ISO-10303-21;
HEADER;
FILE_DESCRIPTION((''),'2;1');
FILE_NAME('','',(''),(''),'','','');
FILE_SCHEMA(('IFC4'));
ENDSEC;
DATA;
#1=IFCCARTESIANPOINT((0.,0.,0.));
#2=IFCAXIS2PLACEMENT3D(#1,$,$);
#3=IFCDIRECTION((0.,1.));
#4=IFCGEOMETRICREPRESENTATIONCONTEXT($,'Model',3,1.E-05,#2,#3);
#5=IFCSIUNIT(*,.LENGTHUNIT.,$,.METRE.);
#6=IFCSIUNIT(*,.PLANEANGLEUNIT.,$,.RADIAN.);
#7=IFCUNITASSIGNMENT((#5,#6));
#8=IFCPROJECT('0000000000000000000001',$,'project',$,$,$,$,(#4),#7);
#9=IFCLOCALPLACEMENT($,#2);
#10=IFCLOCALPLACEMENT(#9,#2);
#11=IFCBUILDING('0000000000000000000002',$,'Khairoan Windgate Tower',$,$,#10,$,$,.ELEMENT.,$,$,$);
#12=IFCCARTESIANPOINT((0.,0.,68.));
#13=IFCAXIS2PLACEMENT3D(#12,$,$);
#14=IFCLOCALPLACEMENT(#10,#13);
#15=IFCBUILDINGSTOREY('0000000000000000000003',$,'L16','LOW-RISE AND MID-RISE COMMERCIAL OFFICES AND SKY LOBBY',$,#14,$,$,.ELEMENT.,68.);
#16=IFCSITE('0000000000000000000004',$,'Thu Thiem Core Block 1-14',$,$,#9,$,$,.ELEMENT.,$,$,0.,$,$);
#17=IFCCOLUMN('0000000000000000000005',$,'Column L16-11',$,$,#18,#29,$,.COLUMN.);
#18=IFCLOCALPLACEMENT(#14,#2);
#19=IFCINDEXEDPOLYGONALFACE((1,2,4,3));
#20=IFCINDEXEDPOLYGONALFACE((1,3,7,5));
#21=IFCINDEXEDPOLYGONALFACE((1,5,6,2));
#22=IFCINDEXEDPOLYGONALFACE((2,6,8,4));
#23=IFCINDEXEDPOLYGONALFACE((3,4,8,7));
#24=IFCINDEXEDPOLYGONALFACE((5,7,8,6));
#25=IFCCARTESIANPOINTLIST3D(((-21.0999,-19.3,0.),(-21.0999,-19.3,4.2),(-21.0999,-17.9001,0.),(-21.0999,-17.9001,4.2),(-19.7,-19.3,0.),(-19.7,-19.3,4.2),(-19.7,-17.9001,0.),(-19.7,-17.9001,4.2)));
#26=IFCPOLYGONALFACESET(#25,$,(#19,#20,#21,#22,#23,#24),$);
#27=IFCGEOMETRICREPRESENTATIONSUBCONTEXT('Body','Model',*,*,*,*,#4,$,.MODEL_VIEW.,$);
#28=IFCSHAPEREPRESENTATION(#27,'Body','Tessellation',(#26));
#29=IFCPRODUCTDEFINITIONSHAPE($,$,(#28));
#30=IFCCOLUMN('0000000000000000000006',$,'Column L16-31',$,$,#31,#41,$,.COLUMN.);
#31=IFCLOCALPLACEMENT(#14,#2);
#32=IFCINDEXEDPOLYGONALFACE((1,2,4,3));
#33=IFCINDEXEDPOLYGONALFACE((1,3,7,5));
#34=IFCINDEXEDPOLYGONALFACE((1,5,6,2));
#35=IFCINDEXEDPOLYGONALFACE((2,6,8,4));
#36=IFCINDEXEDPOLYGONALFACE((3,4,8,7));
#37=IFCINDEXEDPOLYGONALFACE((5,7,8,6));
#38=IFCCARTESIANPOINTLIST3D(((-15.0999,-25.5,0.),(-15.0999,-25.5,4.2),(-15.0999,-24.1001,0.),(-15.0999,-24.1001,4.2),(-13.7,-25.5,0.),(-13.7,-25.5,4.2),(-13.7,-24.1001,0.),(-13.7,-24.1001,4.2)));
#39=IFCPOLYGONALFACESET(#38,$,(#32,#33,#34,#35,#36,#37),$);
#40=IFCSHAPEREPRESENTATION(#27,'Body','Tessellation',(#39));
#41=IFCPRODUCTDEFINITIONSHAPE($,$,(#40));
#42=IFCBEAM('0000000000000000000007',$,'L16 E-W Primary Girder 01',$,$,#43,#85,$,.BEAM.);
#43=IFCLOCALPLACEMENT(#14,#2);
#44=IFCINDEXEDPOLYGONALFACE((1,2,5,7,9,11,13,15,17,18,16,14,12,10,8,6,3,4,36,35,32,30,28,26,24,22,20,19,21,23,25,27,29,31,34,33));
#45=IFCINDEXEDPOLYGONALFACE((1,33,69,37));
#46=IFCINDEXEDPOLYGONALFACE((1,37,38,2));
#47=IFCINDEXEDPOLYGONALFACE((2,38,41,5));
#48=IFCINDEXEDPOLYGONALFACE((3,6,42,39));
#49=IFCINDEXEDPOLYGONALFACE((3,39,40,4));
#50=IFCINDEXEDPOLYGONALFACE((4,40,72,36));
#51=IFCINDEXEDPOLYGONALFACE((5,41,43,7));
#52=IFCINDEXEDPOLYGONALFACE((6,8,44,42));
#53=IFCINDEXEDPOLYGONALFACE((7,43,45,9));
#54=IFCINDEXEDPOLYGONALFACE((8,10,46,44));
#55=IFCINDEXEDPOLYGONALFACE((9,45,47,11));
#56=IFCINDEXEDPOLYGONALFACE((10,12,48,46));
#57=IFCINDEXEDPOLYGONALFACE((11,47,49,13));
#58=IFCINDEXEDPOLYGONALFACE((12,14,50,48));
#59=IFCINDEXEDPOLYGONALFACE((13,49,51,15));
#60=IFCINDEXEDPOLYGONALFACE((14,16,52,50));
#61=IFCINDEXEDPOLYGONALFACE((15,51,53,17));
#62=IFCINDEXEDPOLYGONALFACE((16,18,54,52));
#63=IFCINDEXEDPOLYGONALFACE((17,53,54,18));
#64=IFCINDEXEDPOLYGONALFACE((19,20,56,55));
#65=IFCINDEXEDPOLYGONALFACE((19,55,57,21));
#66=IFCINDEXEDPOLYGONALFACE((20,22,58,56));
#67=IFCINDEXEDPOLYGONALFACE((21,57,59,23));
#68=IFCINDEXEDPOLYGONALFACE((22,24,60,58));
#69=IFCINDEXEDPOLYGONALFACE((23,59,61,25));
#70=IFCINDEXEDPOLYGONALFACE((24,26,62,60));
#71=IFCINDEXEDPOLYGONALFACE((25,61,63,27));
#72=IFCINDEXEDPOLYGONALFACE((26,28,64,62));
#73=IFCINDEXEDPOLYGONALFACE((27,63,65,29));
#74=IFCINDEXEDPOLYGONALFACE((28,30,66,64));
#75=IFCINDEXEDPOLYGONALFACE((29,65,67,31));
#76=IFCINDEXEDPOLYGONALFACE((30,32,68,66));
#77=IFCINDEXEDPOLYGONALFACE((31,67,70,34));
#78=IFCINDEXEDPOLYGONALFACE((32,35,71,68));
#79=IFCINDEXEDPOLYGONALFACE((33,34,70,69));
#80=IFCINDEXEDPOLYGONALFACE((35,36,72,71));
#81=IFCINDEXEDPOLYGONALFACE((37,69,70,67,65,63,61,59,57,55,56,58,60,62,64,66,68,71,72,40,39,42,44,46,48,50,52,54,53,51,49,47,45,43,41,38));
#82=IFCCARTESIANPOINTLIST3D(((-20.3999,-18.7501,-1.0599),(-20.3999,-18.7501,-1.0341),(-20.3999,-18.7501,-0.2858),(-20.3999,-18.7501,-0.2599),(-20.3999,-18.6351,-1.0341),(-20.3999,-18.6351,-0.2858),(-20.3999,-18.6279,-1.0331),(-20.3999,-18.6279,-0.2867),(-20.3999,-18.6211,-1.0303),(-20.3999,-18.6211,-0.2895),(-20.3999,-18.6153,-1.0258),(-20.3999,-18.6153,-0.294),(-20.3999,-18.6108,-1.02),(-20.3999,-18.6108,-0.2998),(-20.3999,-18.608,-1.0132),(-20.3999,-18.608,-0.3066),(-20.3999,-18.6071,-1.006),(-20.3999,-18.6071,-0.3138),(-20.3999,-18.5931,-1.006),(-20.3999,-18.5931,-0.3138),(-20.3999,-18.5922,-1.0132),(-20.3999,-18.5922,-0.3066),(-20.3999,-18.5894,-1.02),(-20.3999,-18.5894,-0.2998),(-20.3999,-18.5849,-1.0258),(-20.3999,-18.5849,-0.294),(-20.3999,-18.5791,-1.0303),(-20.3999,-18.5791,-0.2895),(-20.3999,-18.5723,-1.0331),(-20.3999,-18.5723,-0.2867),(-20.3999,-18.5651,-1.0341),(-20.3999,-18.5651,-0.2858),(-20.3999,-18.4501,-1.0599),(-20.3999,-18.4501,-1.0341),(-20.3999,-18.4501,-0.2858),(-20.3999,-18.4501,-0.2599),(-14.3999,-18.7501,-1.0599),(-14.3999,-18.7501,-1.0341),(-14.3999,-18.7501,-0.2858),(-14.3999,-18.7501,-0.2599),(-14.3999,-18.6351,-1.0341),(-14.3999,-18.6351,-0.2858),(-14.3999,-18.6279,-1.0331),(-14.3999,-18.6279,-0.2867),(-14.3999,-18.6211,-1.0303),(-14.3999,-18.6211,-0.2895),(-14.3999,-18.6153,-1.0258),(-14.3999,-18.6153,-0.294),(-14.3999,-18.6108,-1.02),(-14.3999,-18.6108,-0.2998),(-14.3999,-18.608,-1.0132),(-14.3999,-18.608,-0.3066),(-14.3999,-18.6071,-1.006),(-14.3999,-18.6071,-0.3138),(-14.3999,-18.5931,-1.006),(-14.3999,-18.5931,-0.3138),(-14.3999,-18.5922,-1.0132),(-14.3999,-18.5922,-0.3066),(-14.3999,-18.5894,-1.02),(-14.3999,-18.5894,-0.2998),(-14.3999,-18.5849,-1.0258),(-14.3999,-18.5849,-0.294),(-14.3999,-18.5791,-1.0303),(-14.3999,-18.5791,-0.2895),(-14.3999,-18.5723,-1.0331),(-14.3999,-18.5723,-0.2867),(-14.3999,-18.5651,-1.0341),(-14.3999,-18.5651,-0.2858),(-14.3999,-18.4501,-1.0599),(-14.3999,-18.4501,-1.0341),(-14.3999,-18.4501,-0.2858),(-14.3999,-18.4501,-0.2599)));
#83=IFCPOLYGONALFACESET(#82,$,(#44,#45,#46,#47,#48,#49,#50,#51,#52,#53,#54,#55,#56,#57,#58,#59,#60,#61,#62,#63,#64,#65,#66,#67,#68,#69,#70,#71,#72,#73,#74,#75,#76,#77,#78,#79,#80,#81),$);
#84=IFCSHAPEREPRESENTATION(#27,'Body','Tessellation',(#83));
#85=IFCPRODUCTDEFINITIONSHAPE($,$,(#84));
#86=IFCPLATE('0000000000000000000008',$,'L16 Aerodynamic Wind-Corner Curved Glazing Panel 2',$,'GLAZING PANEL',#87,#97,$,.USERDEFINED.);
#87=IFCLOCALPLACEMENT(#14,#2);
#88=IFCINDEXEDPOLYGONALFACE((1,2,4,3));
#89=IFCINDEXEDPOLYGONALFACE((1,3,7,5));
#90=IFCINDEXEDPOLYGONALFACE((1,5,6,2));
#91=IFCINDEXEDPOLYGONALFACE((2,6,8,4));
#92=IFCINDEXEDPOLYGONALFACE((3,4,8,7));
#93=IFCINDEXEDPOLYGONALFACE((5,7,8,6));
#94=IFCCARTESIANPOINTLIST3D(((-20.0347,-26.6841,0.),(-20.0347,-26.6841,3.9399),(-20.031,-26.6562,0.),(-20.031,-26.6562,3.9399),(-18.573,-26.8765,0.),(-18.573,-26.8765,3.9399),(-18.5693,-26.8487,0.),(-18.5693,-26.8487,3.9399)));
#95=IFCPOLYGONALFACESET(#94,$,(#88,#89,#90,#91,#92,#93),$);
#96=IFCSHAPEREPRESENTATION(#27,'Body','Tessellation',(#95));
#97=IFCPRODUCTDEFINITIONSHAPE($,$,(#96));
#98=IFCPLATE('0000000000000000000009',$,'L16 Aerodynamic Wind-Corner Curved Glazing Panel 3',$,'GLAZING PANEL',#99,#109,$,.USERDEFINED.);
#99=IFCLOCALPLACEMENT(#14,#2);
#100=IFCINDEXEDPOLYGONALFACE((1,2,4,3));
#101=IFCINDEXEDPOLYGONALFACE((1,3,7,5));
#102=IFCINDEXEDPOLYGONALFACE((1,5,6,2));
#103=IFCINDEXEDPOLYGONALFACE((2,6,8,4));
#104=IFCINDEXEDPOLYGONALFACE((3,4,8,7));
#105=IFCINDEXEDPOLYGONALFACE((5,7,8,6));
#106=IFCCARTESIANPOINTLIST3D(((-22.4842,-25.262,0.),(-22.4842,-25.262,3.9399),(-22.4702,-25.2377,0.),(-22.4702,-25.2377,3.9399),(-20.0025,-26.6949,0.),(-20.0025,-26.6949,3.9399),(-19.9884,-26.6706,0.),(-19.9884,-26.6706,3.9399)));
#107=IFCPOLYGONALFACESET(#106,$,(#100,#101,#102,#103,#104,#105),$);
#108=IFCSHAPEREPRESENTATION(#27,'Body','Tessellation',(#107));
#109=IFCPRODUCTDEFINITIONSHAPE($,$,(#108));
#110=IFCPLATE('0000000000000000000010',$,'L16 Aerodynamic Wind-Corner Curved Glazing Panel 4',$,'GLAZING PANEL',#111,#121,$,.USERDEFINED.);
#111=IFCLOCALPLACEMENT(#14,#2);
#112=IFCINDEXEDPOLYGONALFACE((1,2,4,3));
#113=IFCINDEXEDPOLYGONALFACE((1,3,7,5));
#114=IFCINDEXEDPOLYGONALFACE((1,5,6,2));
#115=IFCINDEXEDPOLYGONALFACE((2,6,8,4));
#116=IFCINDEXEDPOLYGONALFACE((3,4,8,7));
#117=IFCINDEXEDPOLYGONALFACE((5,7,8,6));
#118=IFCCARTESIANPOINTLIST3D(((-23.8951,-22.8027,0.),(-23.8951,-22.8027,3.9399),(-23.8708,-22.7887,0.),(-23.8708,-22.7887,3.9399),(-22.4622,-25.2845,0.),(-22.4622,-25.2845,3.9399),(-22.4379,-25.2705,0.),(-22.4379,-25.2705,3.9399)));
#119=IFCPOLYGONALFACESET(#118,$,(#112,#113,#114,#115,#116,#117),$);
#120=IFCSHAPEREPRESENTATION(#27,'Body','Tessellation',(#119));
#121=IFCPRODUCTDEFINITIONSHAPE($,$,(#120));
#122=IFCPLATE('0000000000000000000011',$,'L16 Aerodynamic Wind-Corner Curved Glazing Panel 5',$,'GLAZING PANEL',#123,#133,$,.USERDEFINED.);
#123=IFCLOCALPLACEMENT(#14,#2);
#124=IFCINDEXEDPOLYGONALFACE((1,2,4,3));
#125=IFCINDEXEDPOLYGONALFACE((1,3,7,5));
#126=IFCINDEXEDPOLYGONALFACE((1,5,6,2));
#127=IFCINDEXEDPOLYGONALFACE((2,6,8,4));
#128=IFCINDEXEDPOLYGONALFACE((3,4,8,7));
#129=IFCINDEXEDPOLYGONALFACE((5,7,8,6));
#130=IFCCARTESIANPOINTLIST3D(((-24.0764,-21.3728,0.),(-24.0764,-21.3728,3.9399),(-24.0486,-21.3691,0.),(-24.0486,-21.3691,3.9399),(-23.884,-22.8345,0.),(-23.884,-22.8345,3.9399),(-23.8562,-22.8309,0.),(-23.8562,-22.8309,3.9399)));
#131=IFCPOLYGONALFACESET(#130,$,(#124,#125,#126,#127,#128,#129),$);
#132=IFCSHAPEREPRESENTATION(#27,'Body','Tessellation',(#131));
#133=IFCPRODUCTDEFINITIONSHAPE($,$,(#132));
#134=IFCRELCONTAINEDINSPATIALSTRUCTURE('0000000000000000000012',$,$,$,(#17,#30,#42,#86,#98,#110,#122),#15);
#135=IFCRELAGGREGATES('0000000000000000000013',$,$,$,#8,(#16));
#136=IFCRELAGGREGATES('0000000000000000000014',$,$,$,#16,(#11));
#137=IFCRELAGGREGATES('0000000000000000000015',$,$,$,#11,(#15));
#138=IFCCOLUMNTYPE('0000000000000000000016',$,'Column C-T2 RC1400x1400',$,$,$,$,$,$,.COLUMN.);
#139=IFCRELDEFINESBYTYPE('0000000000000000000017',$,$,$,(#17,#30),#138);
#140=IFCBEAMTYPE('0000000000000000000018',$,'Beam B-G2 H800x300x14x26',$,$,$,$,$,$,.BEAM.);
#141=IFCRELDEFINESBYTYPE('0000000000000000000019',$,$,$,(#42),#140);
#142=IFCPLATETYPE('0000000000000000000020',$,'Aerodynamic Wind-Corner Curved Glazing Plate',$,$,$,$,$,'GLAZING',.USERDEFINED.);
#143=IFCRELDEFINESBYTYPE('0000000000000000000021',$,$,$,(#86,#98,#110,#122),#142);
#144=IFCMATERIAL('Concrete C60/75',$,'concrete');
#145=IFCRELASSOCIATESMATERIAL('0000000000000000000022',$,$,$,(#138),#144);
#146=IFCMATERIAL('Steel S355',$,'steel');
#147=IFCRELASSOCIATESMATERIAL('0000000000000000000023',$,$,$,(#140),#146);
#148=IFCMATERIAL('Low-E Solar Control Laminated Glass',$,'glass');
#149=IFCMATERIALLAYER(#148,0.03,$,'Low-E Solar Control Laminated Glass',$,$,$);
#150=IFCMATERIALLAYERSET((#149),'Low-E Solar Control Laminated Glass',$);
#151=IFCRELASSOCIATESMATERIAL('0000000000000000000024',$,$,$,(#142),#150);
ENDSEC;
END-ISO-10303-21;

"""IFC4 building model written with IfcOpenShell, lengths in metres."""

from ifc_helpers import new_model, si_unit, direction, frame, origin, origin_2d, place, context, subcontext, project, spatial, rectangle, i_section, extrude, material, layer, layer_set, material_profile, profile_set, type_object, element, save


model = new_model("IFC4")

# Units and contexts
model_context = context("Model", 3, precision=1e-05, world=origin(), true_north=direction((0.0, 1.0)))
body_context = subcontext(model_context, "Body", "Model", "MODEL_VIEW")
ifc_project = project(units=[si_unit("LENGTHUNIT", "METRE"), si_unit("PLANEANGLEUNIT", "RADIAN")], contexts=[model_context])

# Site, building, storey
site_placement = place(None, origin())
site = spatial("IfcSite", under=ifc_project, at=site_placement, Name="Thu Thiem Core Block 1-14", CompositionType="ELEMENT", RefElevation=0.0)
building_placement = place(site_placement, origin())
building = spatial("IfcBuilding", under=site, at=building_placement, Name="Khairoan Windgate Tower", CompositionType="ELEMENT")
storey_placement = place(building_placement, frame((0.0, 0.0, 68.0)))
storey = spatial("IfcBuildingStorey", under=building, at=storey_placement, Name="L16", Description="LOW-RISE AND MID-RISE COMMERCIAL OFFICES AND SKY LOBBY", CompositionType="ELEMENT", Elevation=68.0)

# Columns
ifc_material_1 = material(Name="Concrete C60/75", Category="concrete")
ifc_material_profile_1 = material_profile(ifc_material_1, rectangle(XDim=1.3999, YDim=1.3999, at=origin_2d()))
ifc_profile_set_1 = profile_set([ifc_material_profile_1], Name="Concrete C60/75")
column_type = type_object("IfcColumnType", Name="Column C-T2 RC1400x1400", PredefinedType="COLUMN", material=ifc_profile_set_1)
for number, where, z_axis, x_axis, name in (
    (1, (-20.3999, -18.6001, 0.0), (0.0, 0.0, 1.0), (1.0, 0.0, 0.0), "Column L16-11"),
    (2, (-14.3999, -24.8, 0.0), (0.0, 0.0, 1.0), (1.0, 0.0, 0.0), "Column L16-31"),
):
    element("IfcColumn", number, at=place(storey_placement, frame(where, z_axis=z_axis, x_axis=x_axis)), inside=storey, type_object=column_type, Name=name, PredefinedType="COLUMN", context=body_context, shape_type="SweptSolid", body=[
        extrude(rectangle(XDim=1.3999, YDim=1.3999, at=origin_2d()), origin(), (0.0, 0.0, 1.0), 4.2),
    ])

# Beam
ifc_material_2 = material(Name="Steel S355", Category="steel")
ifc_material_profile_2 = material_profile(ifc_material_2, i_section(OverallWidth=0.3, OverallDepth=0.8, WebThickness=0.0139, FlangeThickness=0.0259, FilletRadius=0.0281, at=origin_2d()))
ifc_profile_set_2 = profile_set([ifc_material_profile_2], Name="Steel S355")
beam_type = type_object("IfcBeamType", Name="Beam B-G2 H800x300x14x26", PredefinedType="BEAM", material=ifc_profile_set_2)
beam_placement = place(storey_placement, frame((-20.3999, -18.6001, -0.6599), z_axis=(1.0, 0.0, 0.0), x_axis=(0.0, 1.0, 0.0)))
element("IfcBeam", 3, at=beam_placement, inside=storey, type_object=beam_type, Name="L16 E-W Primary Girder 01", PredefinedType="BEAM", context=body_context, shape_type="SweptSolid", body=[
    extrude(i_section(OverallWidth=0.3, OverallDepth=0.8, WebThickness=0.0139, FlangeThickness=0.0259, FilletRadius=0.0281, at=origin_2d()), origin(), (0.0, 0.0, 1.0), 6.0),
])

# Plates
ifc_material_3 = material(Name="Low-E Solar Control Laminated Glass", Category="glass")
ifc_layer_1 = layer(ifc_material_3, 0.03, Name="Low-E Solar Control Laminated Glass")
ifc_layer_set_1 = layer_set([ifc_layer_1], Name="Low-E Solar Control Laminated Glass")
plate_type_1 = type_object("IfcPlateType", Name="Aerodynamic Wind-Corner Curved Glazing Plate", ElementType="GLAZING", PredefinedType="USERDEFINED", material=ifc_layer_set_1)
plate_1_placement = place(storey_placement, frame((-19.302, -26.7664, 0.0), z_axis=(0.0, 0.0, 1.0), x_axis=(-0.991445, 0.130526, 0.0)))
element("IfcPlate", 4, at=plate_1_placement, inside=storey, type_object=plate_type_1, Name="L16 Aerodynamic Wind-Corner Curved Glazing Panel 2", ObjectType="GLAZING PANEL", PredefinedType="USERDEFINED", context=body_context, shape_type="SweptSolid", body=[
    extrude(rectangle(XDim=1.4744, YDim=0.0281, at=origin_2d()), origin(), (0.0, 0.0, 1.0), 3.9399),
])
for number, where, z_axis, x_axis, name in (
    (5, (-21.2363, -25.9663, 0.0), (0.0, 0.0, 1.0), (-0.866025, 0.5, 0.0), "L16 Aerodynamic Wind-Corner Curved Glazing Panel 3"),
    (6, (-23.1665, -24.0366, 0.0), (0.0, 0.0, 1.0), (-0.5, 0.866025, 0.0), "L16 Aerodynamic Wind-Corner Curved Glazing Panel 4"),
):
    element("IfcPlate", number, at=place(storey_placement, frame(where, z_axis=z_axis, x_axis=x_axis)), inside=storey, type_object=plate_type_1, Name=name, ObjectType="GLAZING PANEL", PredefinedType="USERDEFINED", context=body_context, shape_type="SweptSolid", body=[
        extrude(rectangle(XDim=2.8657, YDim=0.0281, at=origin_2d()), origin(), (0.0, 0.0, 1.0), 3.9399),
    ])
plate_2_placement = place(storey_placement, frame((-23.9663, -22.1018, 0.0), z_axis=(0.0, 0.0, 1.0), x_axis=(-0.130526, 0.991445, 0.0)))
element("IfcPlate", 7, at=plate_2_placement, inside=storey, type_object=plate_type_1, Name="L16 Aerodynamic Wind-Corner Curved Glazing Panel 5", ObjectType="GLAZING PANEL", PredefinedType="USERDEFINED", context=body_context, shape_type="SweptSolid", body=[
    extrude(rectangle(XDim=1.4744, YDim=0.0281, at=origin_2d()), origin(), (0.0, 0.0, 1.0), 3.9399),
])

save(model, "model.ifc")
